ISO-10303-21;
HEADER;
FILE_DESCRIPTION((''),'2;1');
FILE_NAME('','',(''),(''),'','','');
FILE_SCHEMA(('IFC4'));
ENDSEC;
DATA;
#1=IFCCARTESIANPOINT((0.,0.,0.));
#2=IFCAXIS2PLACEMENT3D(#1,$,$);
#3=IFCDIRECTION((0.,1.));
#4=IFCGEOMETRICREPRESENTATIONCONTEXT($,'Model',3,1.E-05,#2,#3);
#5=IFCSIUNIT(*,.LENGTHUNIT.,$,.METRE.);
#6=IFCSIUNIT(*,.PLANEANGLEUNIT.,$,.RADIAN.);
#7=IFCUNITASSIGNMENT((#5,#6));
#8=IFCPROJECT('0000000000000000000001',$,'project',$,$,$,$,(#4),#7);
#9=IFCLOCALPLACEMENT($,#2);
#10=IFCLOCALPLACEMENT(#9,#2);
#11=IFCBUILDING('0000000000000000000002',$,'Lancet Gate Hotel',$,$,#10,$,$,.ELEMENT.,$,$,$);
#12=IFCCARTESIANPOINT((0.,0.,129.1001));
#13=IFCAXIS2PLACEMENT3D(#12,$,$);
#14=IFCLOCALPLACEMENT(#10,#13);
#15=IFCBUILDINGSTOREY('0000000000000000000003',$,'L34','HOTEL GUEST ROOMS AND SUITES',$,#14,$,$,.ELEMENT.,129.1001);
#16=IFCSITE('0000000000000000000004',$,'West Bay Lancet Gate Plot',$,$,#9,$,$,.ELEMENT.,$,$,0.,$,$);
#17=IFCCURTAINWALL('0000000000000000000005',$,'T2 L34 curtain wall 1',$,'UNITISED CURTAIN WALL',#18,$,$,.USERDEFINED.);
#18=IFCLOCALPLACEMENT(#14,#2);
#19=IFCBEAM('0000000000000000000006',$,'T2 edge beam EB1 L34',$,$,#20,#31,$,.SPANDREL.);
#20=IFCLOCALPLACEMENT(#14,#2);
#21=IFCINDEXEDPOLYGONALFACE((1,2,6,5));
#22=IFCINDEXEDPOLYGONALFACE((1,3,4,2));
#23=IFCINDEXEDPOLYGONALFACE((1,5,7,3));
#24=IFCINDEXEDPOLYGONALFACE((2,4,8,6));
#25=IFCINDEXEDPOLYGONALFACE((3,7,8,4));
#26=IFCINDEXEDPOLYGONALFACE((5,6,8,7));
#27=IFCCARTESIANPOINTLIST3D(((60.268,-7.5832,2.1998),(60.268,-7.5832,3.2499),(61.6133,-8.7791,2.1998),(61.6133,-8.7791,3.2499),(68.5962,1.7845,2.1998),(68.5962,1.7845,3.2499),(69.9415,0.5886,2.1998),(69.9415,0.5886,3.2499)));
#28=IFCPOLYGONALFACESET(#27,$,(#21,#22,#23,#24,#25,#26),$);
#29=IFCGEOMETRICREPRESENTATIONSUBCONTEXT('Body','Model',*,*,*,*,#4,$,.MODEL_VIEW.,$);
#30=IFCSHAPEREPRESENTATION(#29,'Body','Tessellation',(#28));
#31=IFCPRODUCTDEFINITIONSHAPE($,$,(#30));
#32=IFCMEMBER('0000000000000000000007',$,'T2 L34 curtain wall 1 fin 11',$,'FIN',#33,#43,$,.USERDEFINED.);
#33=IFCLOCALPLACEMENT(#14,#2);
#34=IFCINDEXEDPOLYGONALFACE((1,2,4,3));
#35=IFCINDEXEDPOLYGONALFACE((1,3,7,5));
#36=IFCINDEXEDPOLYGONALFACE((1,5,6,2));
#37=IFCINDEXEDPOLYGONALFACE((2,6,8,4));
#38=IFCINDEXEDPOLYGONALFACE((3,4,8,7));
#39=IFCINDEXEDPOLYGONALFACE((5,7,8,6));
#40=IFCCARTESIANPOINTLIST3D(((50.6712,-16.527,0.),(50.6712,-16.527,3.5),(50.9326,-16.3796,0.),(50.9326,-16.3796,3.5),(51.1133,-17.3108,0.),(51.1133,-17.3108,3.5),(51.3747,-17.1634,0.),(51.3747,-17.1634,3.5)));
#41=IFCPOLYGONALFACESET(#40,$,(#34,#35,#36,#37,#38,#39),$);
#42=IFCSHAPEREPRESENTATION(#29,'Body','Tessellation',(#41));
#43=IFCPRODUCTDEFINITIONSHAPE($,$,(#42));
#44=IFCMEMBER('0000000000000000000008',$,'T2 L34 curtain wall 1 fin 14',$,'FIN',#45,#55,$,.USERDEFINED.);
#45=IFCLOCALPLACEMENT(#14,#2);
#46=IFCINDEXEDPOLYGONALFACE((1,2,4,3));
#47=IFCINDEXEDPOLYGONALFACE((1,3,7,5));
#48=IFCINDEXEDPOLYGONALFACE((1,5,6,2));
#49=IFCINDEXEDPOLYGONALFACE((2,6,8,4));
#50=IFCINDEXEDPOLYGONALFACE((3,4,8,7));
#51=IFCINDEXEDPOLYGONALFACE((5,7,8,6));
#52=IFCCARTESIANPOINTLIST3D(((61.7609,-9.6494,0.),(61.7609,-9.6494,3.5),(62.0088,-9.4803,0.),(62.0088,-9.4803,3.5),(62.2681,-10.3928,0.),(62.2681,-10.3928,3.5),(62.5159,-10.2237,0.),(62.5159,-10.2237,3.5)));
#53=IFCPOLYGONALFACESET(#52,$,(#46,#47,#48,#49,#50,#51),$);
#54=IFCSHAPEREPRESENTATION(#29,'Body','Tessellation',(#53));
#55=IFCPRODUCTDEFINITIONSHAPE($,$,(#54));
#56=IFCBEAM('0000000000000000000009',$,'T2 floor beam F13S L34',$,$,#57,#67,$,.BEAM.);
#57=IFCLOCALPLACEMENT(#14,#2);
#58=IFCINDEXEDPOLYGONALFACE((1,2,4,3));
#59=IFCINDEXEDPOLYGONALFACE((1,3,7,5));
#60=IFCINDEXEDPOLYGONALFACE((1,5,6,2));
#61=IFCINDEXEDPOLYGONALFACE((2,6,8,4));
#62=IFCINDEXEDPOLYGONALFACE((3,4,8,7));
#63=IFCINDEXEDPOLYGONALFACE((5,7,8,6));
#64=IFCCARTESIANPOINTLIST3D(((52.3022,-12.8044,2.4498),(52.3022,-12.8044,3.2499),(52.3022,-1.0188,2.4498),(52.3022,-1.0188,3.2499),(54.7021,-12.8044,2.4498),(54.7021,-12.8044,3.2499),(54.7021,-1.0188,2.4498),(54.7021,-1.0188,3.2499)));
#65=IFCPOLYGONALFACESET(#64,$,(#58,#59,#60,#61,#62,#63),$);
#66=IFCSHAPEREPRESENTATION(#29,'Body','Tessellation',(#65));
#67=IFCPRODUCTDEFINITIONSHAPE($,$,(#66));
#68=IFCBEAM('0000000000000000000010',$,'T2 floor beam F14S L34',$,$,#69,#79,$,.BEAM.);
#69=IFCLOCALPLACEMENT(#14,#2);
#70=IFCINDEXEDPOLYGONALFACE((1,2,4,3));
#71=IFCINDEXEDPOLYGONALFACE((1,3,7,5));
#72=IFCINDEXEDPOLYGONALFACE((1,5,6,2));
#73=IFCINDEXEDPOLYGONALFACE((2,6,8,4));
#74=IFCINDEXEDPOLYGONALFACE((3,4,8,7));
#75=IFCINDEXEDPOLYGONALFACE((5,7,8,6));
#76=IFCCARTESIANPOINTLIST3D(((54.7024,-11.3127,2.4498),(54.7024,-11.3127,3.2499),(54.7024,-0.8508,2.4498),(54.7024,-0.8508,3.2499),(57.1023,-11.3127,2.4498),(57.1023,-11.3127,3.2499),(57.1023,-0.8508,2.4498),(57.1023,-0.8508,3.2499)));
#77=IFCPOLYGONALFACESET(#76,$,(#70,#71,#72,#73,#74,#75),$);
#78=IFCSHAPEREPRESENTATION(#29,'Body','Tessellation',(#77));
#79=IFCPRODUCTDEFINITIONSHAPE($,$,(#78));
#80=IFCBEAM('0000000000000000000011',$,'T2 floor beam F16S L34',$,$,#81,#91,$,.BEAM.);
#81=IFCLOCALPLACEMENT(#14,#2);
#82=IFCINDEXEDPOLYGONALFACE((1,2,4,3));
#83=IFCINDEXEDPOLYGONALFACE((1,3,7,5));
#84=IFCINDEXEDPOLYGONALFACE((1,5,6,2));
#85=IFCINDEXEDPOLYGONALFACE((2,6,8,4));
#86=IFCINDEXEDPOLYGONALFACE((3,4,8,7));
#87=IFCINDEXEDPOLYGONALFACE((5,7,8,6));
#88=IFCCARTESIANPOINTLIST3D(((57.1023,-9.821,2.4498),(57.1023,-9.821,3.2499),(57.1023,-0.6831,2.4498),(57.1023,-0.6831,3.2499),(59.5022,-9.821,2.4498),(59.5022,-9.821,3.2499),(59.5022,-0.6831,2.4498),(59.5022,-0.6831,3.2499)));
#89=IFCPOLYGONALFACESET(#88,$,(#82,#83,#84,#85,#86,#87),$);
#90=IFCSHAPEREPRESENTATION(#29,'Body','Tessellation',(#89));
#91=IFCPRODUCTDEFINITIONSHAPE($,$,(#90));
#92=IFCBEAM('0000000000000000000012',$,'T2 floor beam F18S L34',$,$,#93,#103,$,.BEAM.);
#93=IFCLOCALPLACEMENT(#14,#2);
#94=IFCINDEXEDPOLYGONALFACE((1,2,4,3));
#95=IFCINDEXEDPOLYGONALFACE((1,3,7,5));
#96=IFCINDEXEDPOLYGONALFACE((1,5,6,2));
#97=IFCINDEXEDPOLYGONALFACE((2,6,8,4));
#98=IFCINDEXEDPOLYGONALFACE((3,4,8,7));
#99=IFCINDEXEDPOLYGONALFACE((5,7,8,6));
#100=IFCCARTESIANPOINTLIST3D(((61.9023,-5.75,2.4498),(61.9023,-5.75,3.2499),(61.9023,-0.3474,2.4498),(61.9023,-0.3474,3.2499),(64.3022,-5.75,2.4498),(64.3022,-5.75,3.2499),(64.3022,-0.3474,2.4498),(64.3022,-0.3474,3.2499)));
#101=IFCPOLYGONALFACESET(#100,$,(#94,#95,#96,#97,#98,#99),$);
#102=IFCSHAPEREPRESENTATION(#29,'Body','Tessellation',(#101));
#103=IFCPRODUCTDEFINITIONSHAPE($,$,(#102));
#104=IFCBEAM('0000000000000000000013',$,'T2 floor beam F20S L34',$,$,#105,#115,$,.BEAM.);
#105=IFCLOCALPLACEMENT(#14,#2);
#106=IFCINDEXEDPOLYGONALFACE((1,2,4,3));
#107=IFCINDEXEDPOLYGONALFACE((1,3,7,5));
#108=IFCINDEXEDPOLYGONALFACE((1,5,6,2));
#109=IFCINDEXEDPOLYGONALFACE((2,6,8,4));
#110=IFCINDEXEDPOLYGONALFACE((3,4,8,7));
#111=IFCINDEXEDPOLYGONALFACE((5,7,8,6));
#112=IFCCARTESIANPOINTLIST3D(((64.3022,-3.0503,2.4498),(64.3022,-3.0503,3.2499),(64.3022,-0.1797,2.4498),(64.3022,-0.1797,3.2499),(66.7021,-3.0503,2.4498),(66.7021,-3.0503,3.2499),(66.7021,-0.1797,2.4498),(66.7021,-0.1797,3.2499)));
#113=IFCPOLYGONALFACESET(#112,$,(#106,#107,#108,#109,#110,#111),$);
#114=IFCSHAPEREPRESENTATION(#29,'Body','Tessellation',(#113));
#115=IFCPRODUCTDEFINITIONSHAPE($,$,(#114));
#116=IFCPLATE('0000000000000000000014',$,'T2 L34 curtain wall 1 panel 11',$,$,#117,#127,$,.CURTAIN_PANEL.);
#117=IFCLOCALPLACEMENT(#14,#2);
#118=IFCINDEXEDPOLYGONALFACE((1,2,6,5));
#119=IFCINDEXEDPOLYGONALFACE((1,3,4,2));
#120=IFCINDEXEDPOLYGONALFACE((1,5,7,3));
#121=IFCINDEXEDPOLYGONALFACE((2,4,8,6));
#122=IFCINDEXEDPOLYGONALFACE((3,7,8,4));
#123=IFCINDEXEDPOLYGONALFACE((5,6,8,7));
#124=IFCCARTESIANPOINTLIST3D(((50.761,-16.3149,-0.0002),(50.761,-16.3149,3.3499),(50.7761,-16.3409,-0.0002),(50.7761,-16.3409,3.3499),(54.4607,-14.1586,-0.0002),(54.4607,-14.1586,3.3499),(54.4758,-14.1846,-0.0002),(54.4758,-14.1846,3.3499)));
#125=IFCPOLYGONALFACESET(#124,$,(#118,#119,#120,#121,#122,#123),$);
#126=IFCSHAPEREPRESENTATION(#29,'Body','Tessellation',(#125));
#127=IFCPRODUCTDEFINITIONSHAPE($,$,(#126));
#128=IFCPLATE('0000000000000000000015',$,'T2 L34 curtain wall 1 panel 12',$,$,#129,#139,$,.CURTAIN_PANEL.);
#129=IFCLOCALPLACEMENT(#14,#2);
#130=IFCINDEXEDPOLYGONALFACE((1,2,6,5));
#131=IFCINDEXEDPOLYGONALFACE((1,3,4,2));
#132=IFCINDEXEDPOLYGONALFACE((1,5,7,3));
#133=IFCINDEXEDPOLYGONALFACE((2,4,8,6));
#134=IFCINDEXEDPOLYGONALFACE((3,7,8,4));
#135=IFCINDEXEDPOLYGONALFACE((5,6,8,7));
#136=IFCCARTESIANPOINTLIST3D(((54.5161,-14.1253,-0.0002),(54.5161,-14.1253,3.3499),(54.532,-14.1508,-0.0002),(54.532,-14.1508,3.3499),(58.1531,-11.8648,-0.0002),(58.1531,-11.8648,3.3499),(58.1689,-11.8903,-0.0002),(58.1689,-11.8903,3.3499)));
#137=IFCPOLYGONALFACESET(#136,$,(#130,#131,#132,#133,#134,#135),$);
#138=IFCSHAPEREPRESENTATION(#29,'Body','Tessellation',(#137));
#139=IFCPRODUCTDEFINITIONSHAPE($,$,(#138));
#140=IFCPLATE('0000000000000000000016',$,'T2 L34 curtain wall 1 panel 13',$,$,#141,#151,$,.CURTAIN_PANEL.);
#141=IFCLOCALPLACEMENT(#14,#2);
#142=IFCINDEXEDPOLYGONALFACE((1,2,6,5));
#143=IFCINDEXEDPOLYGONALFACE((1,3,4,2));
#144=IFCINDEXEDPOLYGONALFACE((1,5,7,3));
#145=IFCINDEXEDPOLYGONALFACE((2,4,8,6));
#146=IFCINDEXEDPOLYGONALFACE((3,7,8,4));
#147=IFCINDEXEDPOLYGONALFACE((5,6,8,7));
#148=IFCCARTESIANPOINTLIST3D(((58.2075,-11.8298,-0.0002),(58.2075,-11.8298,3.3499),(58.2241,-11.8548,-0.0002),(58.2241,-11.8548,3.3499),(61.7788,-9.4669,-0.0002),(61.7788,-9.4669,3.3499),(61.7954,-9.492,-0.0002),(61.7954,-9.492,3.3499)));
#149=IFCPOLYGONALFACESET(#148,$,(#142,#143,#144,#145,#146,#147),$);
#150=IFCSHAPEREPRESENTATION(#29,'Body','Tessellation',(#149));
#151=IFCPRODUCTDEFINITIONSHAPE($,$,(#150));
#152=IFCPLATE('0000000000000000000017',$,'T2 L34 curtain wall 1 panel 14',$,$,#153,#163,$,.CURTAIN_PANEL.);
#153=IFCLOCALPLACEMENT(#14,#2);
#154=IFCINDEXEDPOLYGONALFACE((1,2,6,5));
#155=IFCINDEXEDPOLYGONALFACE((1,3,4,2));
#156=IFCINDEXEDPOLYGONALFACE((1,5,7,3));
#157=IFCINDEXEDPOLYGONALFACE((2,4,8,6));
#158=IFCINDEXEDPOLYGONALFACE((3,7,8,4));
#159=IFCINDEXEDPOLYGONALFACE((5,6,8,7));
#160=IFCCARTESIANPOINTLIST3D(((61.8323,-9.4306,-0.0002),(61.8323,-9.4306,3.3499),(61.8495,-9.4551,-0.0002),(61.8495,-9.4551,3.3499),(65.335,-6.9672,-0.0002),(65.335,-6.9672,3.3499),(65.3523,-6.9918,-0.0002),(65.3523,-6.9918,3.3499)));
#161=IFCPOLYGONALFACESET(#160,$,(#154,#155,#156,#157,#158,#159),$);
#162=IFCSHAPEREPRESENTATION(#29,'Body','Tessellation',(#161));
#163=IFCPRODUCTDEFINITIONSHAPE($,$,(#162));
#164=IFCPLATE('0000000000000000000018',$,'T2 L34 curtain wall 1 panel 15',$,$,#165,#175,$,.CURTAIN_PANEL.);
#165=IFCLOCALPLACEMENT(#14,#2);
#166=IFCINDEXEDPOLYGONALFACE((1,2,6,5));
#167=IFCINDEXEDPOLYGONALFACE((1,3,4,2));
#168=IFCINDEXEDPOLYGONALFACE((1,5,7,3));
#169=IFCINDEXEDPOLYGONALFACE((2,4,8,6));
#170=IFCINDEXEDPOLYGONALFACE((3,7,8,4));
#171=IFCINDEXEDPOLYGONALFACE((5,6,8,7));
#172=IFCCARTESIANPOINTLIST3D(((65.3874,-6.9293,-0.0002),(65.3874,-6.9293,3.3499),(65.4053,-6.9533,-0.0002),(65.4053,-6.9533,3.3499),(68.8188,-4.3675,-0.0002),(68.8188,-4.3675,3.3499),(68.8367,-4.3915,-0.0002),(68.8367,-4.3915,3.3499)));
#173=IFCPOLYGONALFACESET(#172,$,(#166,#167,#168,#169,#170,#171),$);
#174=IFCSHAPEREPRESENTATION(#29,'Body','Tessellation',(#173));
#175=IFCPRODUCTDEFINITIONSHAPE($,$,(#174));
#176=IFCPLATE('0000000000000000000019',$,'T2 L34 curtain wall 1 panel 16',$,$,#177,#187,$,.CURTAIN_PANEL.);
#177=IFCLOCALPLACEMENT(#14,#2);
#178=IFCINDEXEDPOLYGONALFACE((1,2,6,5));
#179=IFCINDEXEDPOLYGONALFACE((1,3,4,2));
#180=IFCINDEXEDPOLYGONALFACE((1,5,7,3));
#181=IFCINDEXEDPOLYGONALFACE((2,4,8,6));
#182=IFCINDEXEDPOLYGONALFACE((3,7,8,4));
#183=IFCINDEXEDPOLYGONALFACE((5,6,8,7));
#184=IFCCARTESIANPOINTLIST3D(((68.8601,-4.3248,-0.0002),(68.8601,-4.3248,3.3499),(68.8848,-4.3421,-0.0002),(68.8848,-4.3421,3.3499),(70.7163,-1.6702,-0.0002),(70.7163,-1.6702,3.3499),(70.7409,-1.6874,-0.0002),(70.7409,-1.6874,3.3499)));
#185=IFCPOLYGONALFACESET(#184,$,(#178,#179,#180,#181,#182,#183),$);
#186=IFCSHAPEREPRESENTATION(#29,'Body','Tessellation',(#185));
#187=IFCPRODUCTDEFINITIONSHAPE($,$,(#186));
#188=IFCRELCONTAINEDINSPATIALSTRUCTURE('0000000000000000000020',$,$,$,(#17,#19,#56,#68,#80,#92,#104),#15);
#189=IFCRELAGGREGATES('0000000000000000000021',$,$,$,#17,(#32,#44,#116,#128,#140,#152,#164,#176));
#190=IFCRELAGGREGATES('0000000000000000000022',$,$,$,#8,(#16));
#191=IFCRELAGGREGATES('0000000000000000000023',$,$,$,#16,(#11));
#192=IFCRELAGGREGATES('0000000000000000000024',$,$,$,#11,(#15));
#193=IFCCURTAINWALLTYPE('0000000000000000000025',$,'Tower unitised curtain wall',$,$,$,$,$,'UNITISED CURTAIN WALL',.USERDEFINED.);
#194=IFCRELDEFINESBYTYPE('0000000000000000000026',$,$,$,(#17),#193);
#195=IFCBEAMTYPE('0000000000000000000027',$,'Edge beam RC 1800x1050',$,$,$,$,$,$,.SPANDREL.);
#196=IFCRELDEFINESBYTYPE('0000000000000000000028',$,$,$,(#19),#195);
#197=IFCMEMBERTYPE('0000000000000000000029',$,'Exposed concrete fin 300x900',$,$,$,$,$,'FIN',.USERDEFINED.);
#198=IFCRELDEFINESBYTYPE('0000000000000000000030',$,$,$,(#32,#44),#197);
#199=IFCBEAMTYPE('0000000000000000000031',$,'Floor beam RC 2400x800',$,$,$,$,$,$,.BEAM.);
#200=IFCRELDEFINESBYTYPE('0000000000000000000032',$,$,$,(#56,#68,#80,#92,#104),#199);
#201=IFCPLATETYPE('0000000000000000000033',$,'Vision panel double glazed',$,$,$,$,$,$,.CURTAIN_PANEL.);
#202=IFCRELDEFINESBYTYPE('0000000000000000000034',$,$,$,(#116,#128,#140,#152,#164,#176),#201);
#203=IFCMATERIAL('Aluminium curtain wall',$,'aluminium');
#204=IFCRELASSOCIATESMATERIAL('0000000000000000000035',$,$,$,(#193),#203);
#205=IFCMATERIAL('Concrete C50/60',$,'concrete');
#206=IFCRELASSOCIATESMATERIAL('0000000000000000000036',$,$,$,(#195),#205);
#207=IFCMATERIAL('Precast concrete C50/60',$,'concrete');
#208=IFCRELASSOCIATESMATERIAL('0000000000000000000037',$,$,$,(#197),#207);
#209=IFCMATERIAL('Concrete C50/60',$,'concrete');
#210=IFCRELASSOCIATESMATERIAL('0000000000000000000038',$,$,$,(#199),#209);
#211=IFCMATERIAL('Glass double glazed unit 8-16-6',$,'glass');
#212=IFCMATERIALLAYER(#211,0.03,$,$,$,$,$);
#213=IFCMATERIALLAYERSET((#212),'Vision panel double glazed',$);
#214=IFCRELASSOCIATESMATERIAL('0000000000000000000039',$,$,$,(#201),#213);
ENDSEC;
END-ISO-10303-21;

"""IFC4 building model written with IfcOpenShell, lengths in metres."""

from ifc_helpers import new_model, si_unit, direction, frame, origin, origin_2d, place, context, subcontext, project, spatial, rectangle, extrude, material, layer, layer_set, material_profile, profile_set, type_object, element, aggregate, save


model = new_model("IFC4")

# Units and contexts
model_context = context("Model", 3, precision=1e-05, world=origin(), true_north=direction((0.0, 1.0)))
body_context = subcontext(model_context, "Body", "Model", "MODEL_VIEW")
ifc_project = project(units=[si_unit("LENGTHUNIT", "METRE"), si_unit("PLANEANGLEUNIT", "RADIAN")], contexts=[model_context])

# Site, building, storey
site_placement = place(None, origin())
site = spatial("IfcSite", under=ifc_project, at=site_placement, Name="West Bay Lancet Gate Plot", CompositionType="ELEMENT", RefElevation=0.0)
building_placement = place(site_placement, origin())
building = spatial("IfcBuilding", under=site, at=building_placement, Name="Lancet Gate Hotel", CompositionType="ELEMENT")
storey_placement = place(building_placement, frame((0.0, 0.0, 129.1001)))
storey = spatial("IfcBuildingStorey", under=building, at=storey_placement, Name="L34", Description="HOTEL GUEST ROOMS AND SUITES", CompositionType="ELEMENT", Elevation=129.1001)

# Curtain wall
ifc_material_1 = material(Name="Aluminium curtain wall", Category="aluminium")
curtain_wall_type = type_object("IfcCurtainWallType", Name="Tower unitised curtain wall", ElementType="UNITISED CURTAIN WALL", PredefinedType="USERDEFINED", material=ifc_material_1)
curtain_wall_placement = place(storey_placement, origin())
curtain_wall = element("IfcCurtainWall", 1, at=curtain_wall_placement, inside=storey, type_object=curtain_wall_type, Name="T2 L34 curtain wall 1", ObjectType="UNITISED CURTAIN WALL", PredefinedType="USERDEFINED")

# Beam
ifc_material_2 = material(Name="Concrete C50/60", Category="concrete")
ifc_material_profile_1 = material_profile(ifc_material_2, rectangle(XDim=1.8, YDim=1.05, at=origin_2d()), Name="RC 1800x1050")
ifc_profile_set_1 = profile_set([ifc_material_profile_1], Name="Concrete C50/60")
beam_type_1 = type_object("IfcBeamType", Name="Edge beam RC 1800x1050", PredefinedType="SPANDREL", material=ifc_profile_set_1)
beam_1_placement = place(storey_placement, frame((60.9407, -8.1812, 2.7249), z_axis=(0.664422, 0.747358, 0.0), x_axis=(-0.747358, 0.664422, 0.0)))
element("IfcBeam", 2, at=beam_1_placement, inside=storey, type_object=beam_type_1, Name="T2 edge beam EB1 L34", PredefinedType="SPANDREL", context=body_context, shape_type="SweptSolid", body=[
    extrude(rectangle(XDim=1.8, YDim=1.05, at=origin_2d()), origin(), (0.0, 0.0, 1.0), 12.5344),
])

# Members
ifc_material_3 = material(Name="Precast concrete C50/60", Category="concrete")
ifc_material_profile_2 = material_profile(ifc_material_3, rectangle(XDim=0.3, YDim=0.8999, at=origin_2d()), Name="FIN 300x900")
ifc_profile_set_2 = profile_set([ifc_material_profile_2], Name="Precast concrete C50/60")
member_type_1 = type_object("IfcMemberType", Name="Exposed concrete fin 300x900", ElementType="FIN", PredefinedType="USERDEFINED", material=ifc_profile_set_2)
member_1_placement = place(storey_placement, frame((51.0229, -16.8452, 0.0), z_axis=(0.0, 0.0, 1.0), x_axis=(0.871029, 0.491232, 0.0)))
member_1 = element("IfcMember", 3, at=member_1_placement, type_object=member_type_1, Name="T2 L34 curtain wall 1 fin 11", ObjectType="FIN", PredefinedType="USERDEFINED", context=body_context, shape_type="SweptSolid", body=[
    extrude(rectangle(XDim=0.3, YDim=0.8999, at=origin_2d()), origin(), (0.0, 0.0, 1.0), 3.5),
])
member_2_placement = place(storey_placement, frame((62.1384, -9.9365, 0.0), z_axis=(0.0, 0.0, 1.0), x_axis=(0.826066, 0.563574, 0.0)))
member_2 = element("IfcMember", 4, at=member_2_placement, type_object=member_type_1, Name="T2 L34 curtain wall 1 fin 14", ObjectType="FIN", PredefinedType="USERDEFINED", context=body_context, shape_type="SweptSolid", body=[
    extrude(rectangle(XDim=0.3, YDim=0.8999, at=origin_2d()), origin(), (0.0, 0.0, 1.0), 3.5),
])

# Beams
ifc_material_4 = material(Name="Concrete C50/60", Category="concrete")
ifc_material_profile_3 = material_profile(ifc_material_4, rectangle(XDim=2.3999, YDim=0.8, at=origin_2d()), Name="RC 2400x800")
ifc_profile_set_3 = profile_set([ifc_material_profile_3], Name="Concrete C50/60")
beam_type_2 = type_object("IfcBeamType", Name="Floor beam RC 2400x800", PredefinedType="BEAM", material=ifc_profile_set_3)
beam_2_placement = place(storey_placement, frame((53.5022, -12.8044, 2.8499), z_axis=(0.0, 1.0, 0.0), x_axis=(-1.0, 0.0, 0.0)))
element("IfcBeam", 5, at=beam_2_placement, inside=storey, type_object=beam_type_2, Name="T2 floor beam F13S L34", PredefinedType="BEAM", context=body_context, shape_type="SweptSolid", body=[
    extrude(rectangle(XDim=2.3999, YDim=0.8, at=origin_2d()), origin(), (0.0, 0.0, 1.0), 11.7856),
])
beam_3_placement = place(storey_placement, frame((55.9023, -11.3127, 2.8499), z_axis=(0.0, 1.0, 0.0), x_axis=(-1.0, 0.0, 0.0)))
element("IfcBeam", 6, at=beam_3_placement, inside=storey, type_object=beam_type_2, Name="T2 floor beam F14S L34", PredefinedType="BEAM", context=body_context, shape_type="SweptSolid", body=[
    extrude(rectangle(XDim=2.3999, YDim=0.8, at=origin_2d()), origin(), (0.0, 0.0, 1.0), 10.4619),
])
beam_4_placement = place(storey_placement, frame((58.3022, -9.821, 2.8499), z_axis=(0.0, 1.0, 0.0), x_axis=(-1.0, 0.0, 0.0)))
element("IfcBeam", 7, at=beam_4_placement, inside=storey, type_object=beam_type_2, Name="T2 floor beam F16S L34", PredefinedType="BEAM", context=body_context, shape_type="SweptSolid", body=[
    extrude(rectangle(XDim=2.3999, YDim=0.8, at=origin_2d()), origin(), (0.0, 0.0, 1.0), 9.1379),
])
beam_5_placement = place(storey_placement, frame((63.1023, -5.75, 2.8499), z_axis=(0.0, 1.0, 0.0), x_axis=(-1.0, 0.0, 0.0)))
element("IfcBeam", 8, at=beam_5_placement, inside=storey, type_object=beam_type_2, Name="T2 floor beam F18S L34", PredefinedType="BEAM", context=body_context, shape_type="SweptSolid", body=[
    extrude(rectangle(XDim=2.3999, YDim=0.8, at=origin_2d()), origin(), (0.0, 0.0, 1.0), 5.4026),
])
beam_6_placement = place(storey_placement, frame((65.5022, -3.0503, 2.8499), z_axis=(0.0, 1.0, 0.0), x_axis=(-1.0, 0.0, 0.0)))
element("IfcBeam", 9, at=beam_6_placement, inside=storey, type_object=beam_type_2, Name="T2 floor beam F20S L34", PredefinedType="BEAM", context=body_context, shape_type="SweptSolid", body=[
    extrude(rectangle(XDim=2.3999, YDim=0.8, at=origin_2d()), origin(), (0.0, 0.0, 1.0), 2.8706),
])

# Plates
ifc_material_5 = material(Name="Glass double glazed unit 8-16-6", Category="glass")
ifc_layer_1 = layer(ifc_material_5, 0.03)
ifc_layer_set_1 = layer_set([ifc_layer_1], Name="Vision panel double glazed")
plate_type = type_object("IfcPlateType", Name="Vision panel double glazed", PredefinedType="CURTAIN_PANEL", material=ifc_layer_set_1)
plate_1_placement = place(storey_placement, frame((52.6184, -15.2498, -0.0002), z_axis=(0.0, 0.0, 1.0), x_axis=(0.863966, 0.503551, 0.0)))
plate_1 = element("IfcPlate", 10, at=plate_1_placement, type_object=plate_type, Name="T2 L34 curtain wall 1 panel 11", PredefinedType="CURTAIN_PANEL", context=body_context, shape_type="SweptSolid", body=[
    extrude(rectangle(XDim=4.2822, YDim=0.03, at=origin_2d()), origin(), (0.0, 0.0, 1.0), 3.3501),
])
plate_2_placement = place(storey_placement, frame((56.3425, -13.0078, -0.0002), z_axis=(0.0, 0.0, 1.0), x_axis=(0.849318, 0.527882, 0.0)))
plate_2 = element("IfcPlate", 11, at=plate_2_placement, type_object=plate_type, Name="T2 L34 curtain wall 1 panel 12", PredefinedType="CURTAIN_PANEL", context=body_context, shape_type="SweptSolid", body=[
    extrude(rectangle(XDim=4.2822, YDim=0.03, at=origin_2d()), origin(), (0.0, 0.0, 1.0), 3.3501),
])
plate_3_placement = place(storey_placement, frame((60.0015, -10.6609, -0.0002), z_axis=(0.0, 0.0, 1.0), x_axis=(0.833985, 0.551787, 0.0)))
plate_3 = element("IfcPlate", 12, at=plate_3_placement, type_object=plate_type, Name="T2 L34 curtain wall 1 panel 13", PredefinedType="CURTAIN_PANEL", context=body_context, shape_type="SweptSolid", body=[
    extrude(rectangle(XDim=4.2822, YDim=0.03, at=origin_2d()), origin(), (0.0, 0.0, 1.0), 3.3501),
])
plate_4_placement = place(storey_placement, frame((63.5923, -8.2112, -0.0002), z_axis=(0.0, 0.0, 1.0), x_axis=(0.817979, 0.575247, 0.0)))
plate_4 = element("IfcPlate", 13, at=plate_4_placement, type_object=plate_type, Name="T2 L34 curtain wall 1 panel 14", PredefinedType="CURTAIN_PANEL", context=body_context, shape_type="SweptSolid", body=[
    extrude(rectangle(XDim=4.2822, YDim=0.03, at=origin_2d()), origin(), (0.0, 0.0, 1.0), 3.3501),
])
plate_5_placement = place(storey_placement, frame((67.1121, -5.6604, -0.0002), z_axis=(0.0, 0.0, 1.0), x_axis=(0.801314, 0.598244, 0.0)))
plate_5 = element("IfcPlate", 14, at=plate_5_placement, type_object=plate_type, Name="T2 L34 curtain wall 1 panel 15", PredefinedType="CURTAIN_PANEL", context=body_context, shape_type="SweptSolid", body=[
    extrude(rectangle(XDim=4.2822, YDim=0.03, at=origin_2d()), origin(), (0.0, 0.0, 1.0), 3.3501),
])
plate_6_placement = place(storey_placement, frame((69.8005, -3.0061, -0.0002), z_axis=(0.0, 0.0, 1.0), x_axis=(0.573025, 0.819538, 0.0)))
plate_6 = element("IfcPlate", 15, at=plate_6_placement, type_object=plate_type, Name="T2 L34 curtain wall 1 panel 16", PredefinedType="CURTAIN_PANEL", context=body_context, shape_type="SweptSolid", body=[
    extrude(rectangle(XDim=3.2393, YDim=0.03, at=origin_2d()), origin(), (0.0, 0.0, 1.0), 3.3501),
])
aggregate(curtain_wall, [member_1, member_2, plate_1, plate_2, plate_3, plate_4, plate_5, plate_6])

save(model, "model.ifc")
